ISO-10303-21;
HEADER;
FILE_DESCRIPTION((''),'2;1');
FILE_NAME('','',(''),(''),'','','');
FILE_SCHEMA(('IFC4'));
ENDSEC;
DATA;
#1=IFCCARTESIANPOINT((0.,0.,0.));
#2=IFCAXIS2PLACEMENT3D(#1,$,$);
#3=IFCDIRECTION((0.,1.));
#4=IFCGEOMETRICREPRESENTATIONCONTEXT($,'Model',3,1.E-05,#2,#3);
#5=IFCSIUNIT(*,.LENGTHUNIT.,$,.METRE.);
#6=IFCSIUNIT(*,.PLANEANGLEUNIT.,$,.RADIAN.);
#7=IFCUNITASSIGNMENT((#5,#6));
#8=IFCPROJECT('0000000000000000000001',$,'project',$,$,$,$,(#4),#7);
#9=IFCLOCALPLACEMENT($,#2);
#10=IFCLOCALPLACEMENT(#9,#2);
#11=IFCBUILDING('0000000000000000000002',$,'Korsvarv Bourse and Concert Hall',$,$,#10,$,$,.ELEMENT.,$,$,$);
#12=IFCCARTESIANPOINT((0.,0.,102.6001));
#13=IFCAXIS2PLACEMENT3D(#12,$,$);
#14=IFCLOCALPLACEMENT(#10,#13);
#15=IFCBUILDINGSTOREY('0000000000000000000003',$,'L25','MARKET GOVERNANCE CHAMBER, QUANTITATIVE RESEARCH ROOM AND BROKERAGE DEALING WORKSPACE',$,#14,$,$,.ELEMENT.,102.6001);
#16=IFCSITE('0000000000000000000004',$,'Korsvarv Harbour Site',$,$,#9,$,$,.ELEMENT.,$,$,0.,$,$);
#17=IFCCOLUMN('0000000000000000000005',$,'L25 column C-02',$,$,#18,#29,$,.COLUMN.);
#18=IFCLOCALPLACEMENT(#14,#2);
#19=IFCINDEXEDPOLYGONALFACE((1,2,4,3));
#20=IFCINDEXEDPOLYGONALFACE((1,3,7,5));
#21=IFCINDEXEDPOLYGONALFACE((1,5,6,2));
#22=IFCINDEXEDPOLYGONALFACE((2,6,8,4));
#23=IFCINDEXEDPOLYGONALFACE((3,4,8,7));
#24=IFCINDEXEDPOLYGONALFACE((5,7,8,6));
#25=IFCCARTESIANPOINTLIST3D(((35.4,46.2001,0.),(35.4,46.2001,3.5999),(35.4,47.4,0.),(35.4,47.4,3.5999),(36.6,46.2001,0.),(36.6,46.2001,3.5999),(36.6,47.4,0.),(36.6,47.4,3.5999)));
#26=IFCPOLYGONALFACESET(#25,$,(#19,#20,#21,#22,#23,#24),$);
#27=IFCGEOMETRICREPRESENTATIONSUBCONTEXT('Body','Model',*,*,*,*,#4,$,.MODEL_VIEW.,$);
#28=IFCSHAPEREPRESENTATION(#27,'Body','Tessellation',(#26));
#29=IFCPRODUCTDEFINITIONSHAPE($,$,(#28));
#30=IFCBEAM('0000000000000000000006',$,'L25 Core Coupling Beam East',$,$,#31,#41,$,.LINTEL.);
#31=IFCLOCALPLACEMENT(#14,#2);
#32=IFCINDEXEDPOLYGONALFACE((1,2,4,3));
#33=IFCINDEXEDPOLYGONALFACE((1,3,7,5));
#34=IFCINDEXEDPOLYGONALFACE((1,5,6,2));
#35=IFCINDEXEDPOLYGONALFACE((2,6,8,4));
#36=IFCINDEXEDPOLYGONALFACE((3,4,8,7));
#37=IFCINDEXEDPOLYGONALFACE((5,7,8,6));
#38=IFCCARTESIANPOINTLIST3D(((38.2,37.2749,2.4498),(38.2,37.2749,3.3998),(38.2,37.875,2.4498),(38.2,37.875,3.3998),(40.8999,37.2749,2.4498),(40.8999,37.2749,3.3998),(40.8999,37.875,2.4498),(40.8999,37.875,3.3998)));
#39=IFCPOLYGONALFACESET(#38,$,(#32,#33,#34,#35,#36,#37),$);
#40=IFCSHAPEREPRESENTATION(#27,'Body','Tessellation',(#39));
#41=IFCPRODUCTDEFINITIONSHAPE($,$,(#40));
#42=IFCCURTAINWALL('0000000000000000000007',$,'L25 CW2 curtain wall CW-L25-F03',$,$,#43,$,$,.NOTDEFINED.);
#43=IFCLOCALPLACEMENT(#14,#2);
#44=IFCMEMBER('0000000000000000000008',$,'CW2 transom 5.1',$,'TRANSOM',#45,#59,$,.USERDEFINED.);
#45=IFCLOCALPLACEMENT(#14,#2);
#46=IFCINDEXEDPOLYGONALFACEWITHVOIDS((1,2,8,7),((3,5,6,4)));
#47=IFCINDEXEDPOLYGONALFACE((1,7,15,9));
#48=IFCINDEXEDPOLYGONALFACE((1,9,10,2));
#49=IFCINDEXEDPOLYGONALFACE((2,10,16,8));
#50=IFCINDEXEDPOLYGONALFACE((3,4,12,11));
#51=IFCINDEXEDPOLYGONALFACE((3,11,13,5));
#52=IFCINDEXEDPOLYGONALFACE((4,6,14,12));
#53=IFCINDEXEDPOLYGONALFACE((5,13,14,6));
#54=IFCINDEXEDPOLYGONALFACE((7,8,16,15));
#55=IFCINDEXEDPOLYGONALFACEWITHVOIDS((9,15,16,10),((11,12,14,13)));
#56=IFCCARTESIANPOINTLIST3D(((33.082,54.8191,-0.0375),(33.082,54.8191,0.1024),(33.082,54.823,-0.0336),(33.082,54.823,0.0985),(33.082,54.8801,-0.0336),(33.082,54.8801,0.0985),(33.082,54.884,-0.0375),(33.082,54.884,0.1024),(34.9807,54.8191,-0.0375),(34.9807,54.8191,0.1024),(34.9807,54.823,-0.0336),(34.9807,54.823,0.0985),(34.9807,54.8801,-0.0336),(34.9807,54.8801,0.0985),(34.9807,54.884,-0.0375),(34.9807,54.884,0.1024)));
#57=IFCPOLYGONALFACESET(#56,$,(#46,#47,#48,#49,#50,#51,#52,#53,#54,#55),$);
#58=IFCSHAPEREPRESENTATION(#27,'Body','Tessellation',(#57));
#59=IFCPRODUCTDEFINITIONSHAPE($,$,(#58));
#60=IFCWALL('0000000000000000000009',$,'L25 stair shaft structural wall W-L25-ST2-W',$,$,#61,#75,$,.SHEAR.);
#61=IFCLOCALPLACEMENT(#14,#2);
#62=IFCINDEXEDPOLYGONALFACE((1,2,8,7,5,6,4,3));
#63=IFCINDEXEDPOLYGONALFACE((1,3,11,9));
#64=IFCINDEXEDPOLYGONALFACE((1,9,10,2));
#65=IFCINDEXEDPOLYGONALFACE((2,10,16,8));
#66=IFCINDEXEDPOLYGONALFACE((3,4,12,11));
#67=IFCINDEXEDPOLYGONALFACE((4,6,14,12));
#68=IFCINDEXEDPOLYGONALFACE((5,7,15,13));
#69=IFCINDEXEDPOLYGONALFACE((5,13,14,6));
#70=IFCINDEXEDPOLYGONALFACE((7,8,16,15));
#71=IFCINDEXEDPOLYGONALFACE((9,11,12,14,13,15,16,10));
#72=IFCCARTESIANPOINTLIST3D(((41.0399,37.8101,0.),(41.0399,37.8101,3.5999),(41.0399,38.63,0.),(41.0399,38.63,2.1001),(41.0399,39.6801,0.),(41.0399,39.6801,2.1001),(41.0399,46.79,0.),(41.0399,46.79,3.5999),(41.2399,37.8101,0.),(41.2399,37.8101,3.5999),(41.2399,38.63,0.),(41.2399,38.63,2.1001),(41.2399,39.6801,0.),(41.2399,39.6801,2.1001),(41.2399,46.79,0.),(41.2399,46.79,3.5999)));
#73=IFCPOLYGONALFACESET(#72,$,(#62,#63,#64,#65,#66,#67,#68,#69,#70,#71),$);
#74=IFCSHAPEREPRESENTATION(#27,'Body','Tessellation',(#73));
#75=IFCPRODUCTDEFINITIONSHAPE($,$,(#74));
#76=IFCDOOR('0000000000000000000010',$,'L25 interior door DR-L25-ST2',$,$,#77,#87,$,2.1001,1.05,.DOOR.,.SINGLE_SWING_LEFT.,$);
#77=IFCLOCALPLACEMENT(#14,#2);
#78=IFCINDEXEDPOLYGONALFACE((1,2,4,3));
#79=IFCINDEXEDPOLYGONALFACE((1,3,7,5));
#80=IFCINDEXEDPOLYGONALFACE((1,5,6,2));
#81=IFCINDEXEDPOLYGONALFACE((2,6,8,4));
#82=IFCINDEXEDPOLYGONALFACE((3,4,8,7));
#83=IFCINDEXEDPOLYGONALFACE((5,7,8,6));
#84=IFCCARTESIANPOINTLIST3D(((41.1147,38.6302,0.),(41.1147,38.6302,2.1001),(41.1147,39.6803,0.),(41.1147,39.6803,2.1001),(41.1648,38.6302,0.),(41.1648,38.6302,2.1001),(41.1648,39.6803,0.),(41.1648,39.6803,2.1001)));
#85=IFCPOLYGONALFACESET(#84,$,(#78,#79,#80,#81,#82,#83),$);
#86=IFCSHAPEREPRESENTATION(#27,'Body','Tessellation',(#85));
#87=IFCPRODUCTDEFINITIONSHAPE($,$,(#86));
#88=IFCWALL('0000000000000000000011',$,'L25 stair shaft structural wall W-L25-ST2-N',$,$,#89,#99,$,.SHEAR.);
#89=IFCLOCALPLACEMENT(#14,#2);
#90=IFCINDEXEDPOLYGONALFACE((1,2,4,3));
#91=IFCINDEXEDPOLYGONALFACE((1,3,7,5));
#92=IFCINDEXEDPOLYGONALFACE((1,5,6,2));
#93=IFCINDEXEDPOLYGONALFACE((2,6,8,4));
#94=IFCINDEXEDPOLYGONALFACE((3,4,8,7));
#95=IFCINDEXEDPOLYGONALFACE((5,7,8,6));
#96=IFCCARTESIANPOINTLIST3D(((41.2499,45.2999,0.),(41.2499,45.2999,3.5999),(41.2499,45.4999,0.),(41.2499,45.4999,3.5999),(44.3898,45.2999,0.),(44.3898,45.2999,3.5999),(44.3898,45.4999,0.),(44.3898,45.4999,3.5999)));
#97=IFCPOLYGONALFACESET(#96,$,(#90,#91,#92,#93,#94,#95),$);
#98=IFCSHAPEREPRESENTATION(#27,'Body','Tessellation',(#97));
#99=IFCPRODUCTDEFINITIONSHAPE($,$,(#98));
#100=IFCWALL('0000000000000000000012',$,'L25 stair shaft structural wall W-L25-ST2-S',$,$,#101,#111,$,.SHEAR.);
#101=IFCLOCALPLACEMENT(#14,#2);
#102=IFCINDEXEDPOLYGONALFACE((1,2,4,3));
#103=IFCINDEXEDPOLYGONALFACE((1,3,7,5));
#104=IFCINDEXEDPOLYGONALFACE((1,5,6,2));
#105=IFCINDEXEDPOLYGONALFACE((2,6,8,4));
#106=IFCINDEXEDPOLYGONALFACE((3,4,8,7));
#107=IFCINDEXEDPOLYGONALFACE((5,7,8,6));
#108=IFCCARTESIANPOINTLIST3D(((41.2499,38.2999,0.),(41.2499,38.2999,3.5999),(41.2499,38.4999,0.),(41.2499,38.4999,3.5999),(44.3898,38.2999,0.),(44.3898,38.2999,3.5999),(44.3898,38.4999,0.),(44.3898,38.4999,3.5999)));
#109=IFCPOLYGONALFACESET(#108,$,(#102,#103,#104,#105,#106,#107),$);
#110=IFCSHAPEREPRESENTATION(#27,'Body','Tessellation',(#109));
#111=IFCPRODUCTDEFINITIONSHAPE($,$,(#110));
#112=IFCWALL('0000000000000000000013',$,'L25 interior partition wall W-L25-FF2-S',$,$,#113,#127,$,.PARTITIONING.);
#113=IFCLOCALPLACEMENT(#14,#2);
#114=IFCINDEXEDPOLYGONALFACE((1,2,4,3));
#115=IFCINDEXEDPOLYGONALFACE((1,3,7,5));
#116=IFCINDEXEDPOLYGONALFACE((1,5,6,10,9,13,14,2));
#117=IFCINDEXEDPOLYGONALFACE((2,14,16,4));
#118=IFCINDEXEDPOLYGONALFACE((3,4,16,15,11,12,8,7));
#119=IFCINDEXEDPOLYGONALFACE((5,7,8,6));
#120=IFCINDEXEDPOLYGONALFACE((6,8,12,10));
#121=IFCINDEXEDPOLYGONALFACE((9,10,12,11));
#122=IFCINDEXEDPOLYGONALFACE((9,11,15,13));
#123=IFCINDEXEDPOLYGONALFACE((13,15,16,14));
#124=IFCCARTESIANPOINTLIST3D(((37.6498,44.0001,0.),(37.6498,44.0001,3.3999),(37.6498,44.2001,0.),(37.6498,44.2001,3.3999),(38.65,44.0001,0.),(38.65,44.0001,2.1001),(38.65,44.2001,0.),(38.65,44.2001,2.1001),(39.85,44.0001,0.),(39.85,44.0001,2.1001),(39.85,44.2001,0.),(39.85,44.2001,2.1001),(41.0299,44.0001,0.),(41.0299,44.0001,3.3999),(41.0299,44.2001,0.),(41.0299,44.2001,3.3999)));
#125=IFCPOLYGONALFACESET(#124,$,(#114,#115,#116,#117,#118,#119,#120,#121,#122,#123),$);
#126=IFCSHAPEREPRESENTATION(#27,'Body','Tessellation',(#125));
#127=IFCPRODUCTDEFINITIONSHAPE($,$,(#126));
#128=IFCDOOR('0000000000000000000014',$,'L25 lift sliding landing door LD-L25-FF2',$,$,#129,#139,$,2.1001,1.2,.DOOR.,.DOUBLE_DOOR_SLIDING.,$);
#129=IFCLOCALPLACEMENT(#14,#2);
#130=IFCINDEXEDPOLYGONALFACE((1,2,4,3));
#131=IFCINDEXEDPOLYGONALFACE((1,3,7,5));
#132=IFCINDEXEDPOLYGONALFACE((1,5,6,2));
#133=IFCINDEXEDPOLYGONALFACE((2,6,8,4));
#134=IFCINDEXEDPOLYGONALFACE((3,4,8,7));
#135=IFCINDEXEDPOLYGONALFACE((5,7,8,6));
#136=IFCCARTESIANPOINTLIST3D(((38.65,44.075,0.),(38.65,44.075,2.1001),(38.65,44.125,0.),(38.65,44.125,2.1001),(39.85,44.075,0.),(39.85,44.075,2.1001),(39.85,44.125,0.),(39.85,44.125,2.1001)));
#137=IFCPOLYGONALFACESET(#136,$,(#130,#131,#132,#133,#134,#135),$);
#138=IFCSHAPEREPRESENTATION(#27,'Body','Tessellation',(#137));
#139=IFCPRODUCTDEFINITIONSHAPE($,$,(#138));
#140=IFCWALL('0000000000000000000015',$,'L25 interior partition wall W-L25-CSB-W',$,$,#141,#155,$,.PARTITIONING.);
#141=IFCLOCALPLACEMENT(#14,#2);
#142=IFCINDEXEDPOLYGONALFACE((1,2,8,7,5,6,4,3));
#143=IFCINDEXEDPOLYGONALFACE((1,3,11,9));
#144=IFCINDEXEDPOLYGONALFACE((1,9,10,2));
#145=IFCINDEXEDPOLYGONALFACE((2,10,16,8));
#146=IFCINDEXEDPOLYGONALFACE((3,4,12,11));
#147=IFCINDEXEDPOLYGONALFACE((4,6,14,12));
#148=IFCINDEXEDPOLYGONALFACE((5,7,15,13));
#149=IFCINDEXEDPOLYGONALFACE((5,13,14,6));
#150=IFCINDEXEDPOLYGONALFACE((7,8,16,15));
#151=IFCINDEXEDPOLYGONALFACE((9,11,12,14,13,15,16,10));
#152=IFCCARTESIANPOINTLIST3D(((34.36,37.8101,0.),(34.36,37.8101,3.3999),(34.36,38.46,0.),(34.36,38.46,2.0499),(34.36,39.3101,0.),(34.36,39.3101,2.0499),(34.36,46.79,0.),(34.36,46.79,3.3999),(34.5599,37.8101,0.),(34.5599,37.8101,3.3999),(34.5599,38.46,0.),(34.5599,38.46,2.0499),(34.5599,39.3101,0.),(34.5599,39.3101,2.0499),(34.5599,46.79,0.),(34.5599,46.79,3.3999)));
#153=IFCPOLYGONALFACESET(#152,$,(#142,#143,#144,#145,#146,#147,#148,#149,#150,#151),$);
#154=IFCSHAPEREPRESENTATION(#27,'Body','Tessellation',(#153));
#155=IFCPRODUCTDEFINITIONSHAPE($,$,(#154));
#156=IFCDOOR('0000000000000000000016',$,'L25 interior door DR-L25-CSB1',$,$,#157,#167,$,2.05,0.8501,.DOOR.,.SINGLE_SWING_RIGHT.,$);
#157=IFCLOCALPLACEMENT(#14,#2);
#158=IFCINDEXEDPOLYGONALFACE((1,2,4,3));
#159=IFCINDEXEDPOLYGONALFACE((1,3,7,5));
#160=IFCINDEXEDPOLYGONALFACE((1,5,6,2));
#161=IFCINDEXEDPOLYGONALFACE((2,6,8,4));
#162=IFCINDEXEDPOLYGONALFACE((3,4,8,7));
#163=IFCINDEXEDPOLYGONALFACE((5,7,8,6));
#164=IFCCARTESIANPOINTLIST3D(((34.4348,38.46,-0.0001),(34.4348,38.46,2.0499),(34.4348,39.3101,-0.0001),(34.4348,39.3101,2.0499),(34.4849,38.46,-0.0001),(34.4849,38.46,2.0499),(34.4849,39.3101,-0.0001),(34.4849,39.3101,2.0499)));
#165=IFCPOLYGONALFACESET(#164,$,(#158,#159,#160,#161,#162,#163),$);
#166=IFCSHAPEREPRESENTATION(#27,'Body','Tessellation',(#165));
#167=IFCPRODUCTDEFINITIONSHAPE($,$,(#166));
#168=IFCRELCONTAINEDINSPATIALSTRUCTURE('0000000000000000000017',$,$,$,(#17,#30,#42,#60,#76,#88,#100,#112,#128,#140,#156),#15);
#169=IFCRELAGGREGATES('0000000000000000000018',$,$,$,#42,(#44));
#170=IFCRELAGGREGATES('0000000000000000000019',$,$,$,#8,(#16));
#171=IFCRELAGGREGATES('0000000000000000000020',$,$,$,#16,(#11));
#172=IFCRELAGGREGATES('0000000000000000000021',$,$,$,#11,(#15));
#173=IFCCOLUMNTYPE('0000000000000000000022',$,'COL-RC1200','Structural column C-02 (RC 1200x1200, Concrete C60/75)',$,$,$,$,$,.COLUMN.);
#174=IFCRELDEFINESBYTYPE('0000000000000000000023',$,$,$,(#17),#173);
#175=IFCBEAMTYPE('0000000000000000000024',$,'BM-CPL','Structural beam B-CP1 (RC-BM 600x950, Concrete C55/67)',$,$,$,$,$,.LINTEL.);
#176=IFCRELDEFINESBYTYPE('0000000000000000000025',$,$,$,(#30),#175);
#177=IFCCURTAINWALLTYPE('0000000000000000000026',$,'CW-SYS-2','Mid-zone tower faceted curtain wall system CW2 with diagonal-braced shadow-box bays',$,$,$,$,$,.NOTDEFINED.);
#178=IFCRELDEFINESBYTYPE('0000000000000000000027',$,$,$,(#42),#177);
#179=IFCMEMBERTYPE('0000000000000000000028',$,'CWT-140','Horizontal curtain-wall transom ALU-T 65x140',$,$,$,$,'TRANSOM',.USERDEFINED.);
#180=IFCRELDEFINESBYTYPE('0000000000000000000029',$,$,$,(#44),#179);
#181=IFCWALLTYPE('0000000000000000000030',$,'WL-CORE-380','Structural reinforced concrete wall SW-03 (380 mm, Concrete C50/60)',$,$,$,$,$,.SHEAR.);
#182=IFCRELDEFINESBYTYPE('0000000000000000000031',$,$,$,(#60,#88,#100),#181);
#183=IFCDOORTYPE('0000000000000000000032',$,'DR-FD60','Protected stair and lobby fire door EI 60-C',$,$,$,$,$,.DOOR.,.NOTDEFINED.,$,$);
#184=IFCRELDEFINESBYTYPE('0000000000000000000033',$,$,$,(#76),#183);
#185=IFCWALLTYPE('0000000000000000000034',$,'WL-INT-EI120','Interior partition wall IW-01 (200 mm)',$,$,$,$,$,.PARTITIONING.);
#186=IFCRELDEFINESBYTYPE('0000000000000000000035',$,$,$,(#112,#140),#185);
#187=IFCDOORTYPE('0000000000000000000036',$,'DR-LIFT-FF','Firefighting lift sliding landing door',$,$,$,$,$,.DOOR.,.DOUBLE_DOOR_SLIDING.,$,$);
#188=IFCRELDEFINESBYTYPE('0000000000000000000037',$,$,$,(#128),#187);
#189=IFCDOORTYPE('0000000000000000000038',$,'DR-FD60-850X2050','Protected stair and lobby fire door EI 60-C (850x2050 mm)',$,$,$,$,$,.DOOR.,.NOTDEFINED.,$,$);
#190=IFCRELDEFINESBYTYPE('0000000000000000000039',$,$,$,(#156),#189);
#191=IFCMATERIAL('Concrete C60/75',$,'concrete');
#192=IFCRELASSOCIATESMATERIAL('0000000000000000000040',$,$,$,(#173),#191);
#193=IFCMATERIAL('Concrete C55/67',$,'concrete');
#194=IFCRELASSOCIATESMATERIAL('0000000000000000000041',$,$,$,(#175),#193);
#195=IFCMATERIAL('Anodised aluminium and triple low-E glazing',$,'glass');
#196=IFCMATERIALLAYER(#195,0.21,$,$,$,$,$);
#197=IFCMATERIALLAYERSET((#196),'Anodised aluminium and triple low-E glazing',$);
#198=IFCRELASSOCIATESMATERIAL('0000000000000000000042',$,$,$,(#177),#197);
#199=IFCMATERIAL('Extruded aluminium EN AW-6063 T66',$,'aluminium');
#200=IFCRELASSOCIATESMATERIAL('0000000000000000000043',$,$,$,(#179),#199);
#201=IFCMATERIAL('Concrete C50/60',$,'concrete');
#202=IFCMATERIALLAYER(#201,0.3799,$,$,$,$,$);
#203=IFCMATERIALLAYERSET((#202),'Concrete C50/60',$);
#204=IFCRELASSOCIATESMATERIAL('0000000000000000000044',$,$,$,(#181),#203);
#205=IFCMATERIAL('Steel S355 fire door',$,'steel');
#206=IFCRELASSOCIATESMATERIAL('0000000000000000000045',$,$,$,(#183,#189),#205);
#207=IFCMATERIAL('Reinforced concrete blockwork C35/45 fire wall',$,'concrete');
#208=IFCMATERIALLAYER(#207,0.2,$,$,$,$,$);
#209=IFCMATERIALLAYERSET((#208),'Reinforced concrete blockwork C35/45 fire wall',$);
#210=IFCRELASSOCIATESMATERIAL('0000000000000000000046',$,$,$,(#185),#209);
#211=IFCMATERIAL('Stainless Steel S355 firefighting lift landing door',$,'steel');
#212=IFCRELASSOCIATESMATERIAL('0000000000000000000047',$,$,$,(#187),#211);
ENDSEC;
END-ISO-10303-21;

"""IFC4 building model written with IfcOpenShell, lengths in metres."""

from ifc_helpers import new_model, si_unit, direction, frame, frame_2d, origin, origin_2d, place, context, subcontext, project, spatial, rectangle, hollow_rectangle, extrude, source, transform, mapped, material, layer, layer_set, material_profile, profile_set, type_object, element, fill, aggregate, save


model = new_model("IFC4")

# Units and contexts
model_context = context("Model", 3, precision=1e-05, world=origin(), true_north=direction((0.0, 1.0)))
body_context = subcontext(model_context, "Body", "Model", "MODEL_VIEW")
ifc_project = project(units=[si_unit("LENGTHUNIT", "METRE"), si_unit("PLANEANGLEUNIT", "RADIAN")], contexts=[model_context])

# Site, building, storey
site_placement = place(None, origin())
site = spatial("IfcSite", under=ifc_project, at=site_placement, Name="Korsvarv Harbour Site", CompositionType="ELEMENT", RefElevation=0.0)
building_placement = place(site_placement, origin())
building = spatial("IfcBuilding", under=site, at=building_placement, Name="Korsvarv Bourse and Concert Hall", CompositionType="ELEMENT")
storey_placement = place(building_placement, frame((0.0, 0.0, 102.6001)))
storey = spatial("IfcBuildingStorey", under=building, at=storey_placement, Name="L25", Description="MARKET GOVERNANCE CHAMBER, QUANTITATIVE RESEARCH ROOM AND BROKERAGE DEALING WORKSPACE", CompositionType="ELEMENT", Elevation=102.6001)

# Column
ifc_material_1 = material(Name="Concrete C60/75", Category="concrete")
ifc_material_profile_1 = material_profile(ifc_material_1, rectangle(XDim=1.2, YDim=1.2, at=origin_2d()), Name="RC 1200x1200")
ifc_profile_set_1 = profile_set([ifc_material_profile_1], Name="Concrete C60/75")
column_type = type_object("IfcColumnType", Name="COL-RC1200", Description="Structural column C-02 (RC 1200x1200, Concrete C60/75)", PredefinedType="COLUMN", material=ifc_profile_set_1)
shared_shape_1 = source(origin(), body_context, "Body", "SweptSolid", [
    extrude(rectangle(XDim=1.2, YDim=1.2, at=origin_2d()), origin(), (0.0, 0.0, 1.0), 3.5999),
])
column_placement = place(storey_placement, frame((36.0, 46.8, 0.0), z_axis=(0.0, 0.0, 1.0), x_axis=(1.0, 0.0, 0.0)))
element("IfcColumn", 1, at=column_placement, inside=storey, type_object=column_type, Name="L25 column C-02", PredefinedType="COLUMN", context=body_context, shape_type="MappedRepresentation", body=[
    mapped(shared_shape_1, transform((0.0, 0.0, 0.0), scale=1.0)),
])

# Beam
ifc_material_2 = material(Name="Concrete C55/67", Category="concrete")
ifc_material_profile_2 = material_profile(ifc_material_2, rectangle(XDim=0.6001, YDim=0.95, at=origin_2d()), Name="RC-BM 600x950")
ifc_profile_set_2 = profile_set([ifc_material_profile_2], Name="Concrete C55/67")
beam_type = type_object("IfcBeamType", Name="BM-CPL", Description="Structural beam B-CP1 (RC-BM 600x950, Concrete C55/67)", PredefinedType="LINTEL", material=ifc_profile_set_2)
shared_shape_2 = source(origin(), body_context, "Body", "SweptSolid", [
    extrude(rectangle(XDim=0.6001, YDim=0.95, at=origin_2d()), origin(), (0.0, 0.0, 1.0), 2.7),
])
beam_placement = place(storey_placement, frame((38.2, 37.575, 2.9248), z_axis=(1.0, 0.0, 0.0), x_axis=(0.0, 1.0, 0.0)))
element("IfcBeam", 2, at=beam_placement, inside=storey, type_object=beam_type, Name="L25 Core Coupling Beam East", PredefinedType="LINTEL", context=body_context, shape_type="MappedRepresentation", body=[
    mapped(shared_shape_2, transform((0.0, 0.0, 0.0), scale=1.0)),
])

# Curtain wall, member
ifc_material_3 = material(Name="Anodised aluminium and triple low-E glazing", Category="glass")
ifc_layer_1 = layer(ifc_material_3, 0.21)
ifc_layer_set_1 = layer_set([ifc_layer_1], Name="Anodised aluminium and triple low-E glazing")
curtain_wall_type = type_object("IfcCurtainWallType", Name="CW-SYS-2", Description="Mid-zone tower faceted curtain wall system CW2 with diagonal-braced shadow-box bays", PredefinedType="NOTDEFINED", material=ifc_layer_set_1)
curtain_wall_placement = place(storey_placement, origin())
curtain_wall = element("IfcCurtainWall", 3, at=curtain_wall_placement, inside=storey, type_object=curtain_wall_type, Name="L25 CW2 curtain wall CW-L25-F03", PredefinedType="NOTDEFINED")
ifc_material_4 = material(Name="Extruded aluminium EN AW-6063 T66", Category="aluminium")
ifc_material_profile_3 = material_profile(ifc_material_4, hollow_rectangle(XDim=0.0649, YDim=0.1399, WallThickness=0.0039, at=origin_2d()), Name="ALU-T 65x140")
ifc_profile_set_3 = profile_set([ifc_material_profile_3], Name="Extruded aluminium EN AW-6063 T66")
member_type = type_object("IfcMemberType", Name="CWT-140", Description="Horizontal curtain-wall transom ALU-T 65x140", ElementType="TRANSOM", PredefinedType="USERDEFINED", material=ifc_profile_set_3)
shared_shape_3 = source(origin(), body_context, "Body", "SweptSolid", [
    extrude(hollow_rectangle(XDim=0.0649, YDim=0.1399, WallThickness=0.0039, at=origin_2d()), origin(), (0.0, 0.0, 1.0), 1.8987),
])
member_placement = place(storey_placement, frame((34.9807, 54.8516, 0.0325), z_axis=(-1.0, 0.0, 0.0), x_axis=(0.0, -1.0, 0.0)))
member = element("IfcMember", 4, at=member_placement, type_object=member_type, Name="CW2 transom 5.1", ObjectType="TRANSOM", PredefinedType="USERDEFINED", context=body_context, shape_type="MappedRepresentation", body=[
    mapped(shared_shape_3, transform((0.0, 0.0, 0.0), scale=1.0)),
])
aggregate(curtain_wall, [member])

# Wall, opening, door
ifc_material_5 = material(Name="Concrete C50/60", Category="concrete")
ifc_layer_2 = layer(ifc_material_5, 0.3799)
ifc_layer_set_2 = layer_set([ifc_layer_2], Name="Concrete C50/60")
wall_type_1 = type_object("IfcWallType", Name="WL-CORE-380", Description="Structural reinforced concrete wall SW-03 (380 mm, Concrete C50/60)", PredefinedType="SHEAR", material=ifc_layer_set_2)
wall_1_placement = place(storey_placement, frame((41.1399, 37.8101, 0.0), z_axis=(0.0, 0.0, 1.0), x_axis=(0.0, 1.0, 0.0)))
wall_1 = element("IfcWall", 5, at=wall_1_placement, inside=storey, type_object=wall_type_1, Name="L25 stair shaft structural wall W-L25-ST2-W", PredefinedType="SHEAR", context=body_context, shape_type="SweptSolid", body=[
    extrude(rectangle(XDim=8.98, YDim=0.2, at=frame_2d((4.49, 0.0))), origin(), (0.0, 0.0, 1.0), 3.5999),
])
opening_1_placement = place(wall_1_placement, frame((0.8201, 0.0, 0.0)))
opening_1 = element("IfcOpeningElement", 6, at=opening_1_placement, cuts=wall_1, PredefinedType="OPENING", context=body_context, shape_type="SweptSolid", body=[
    extrude(rectangle(XDim=1.05, YDim=2.1001, at=frame_2d((0.5249, 1.05))), frame((0.0, 0.1099, 0.0), z_axis=(0.0, -1.0, 0.0), x_axis=(1.0, 0.0, 0.0)), (0.0, 0.0, 1.0), 0.22),
])
ifc_material_6 = material(Name="Steel S355 fire door", Category="steel")
door_type_1 = type_object("IfcDoorType", Name="DR-FD60", Description="Protected stair and lobby fire door EI 60-C", OperationType="NOTDEFINED", PredefinedType="DOOR", material=ifc_material_6)
door_1_placement = place(opening_1_placement, frame((1.05, 0.0, 0.0), z_axis=(0.0, 0.0, 1.0), x_axis=(-1.0, 0.0, 0.0)))
door_1 = element("IfcDoor", 7, at=door_1_placement, inside=storey, type_object=door_type_1, Name="L25 interior door DR-L25-ST2", OperationType="SINGLE_SWING_LEFT", OverallHeight=2.1001, OverallWidth=1.05, PredefinedType="DOOR", context=body_context, shape_type="SweptSolid", body=[
    extrude(rectangle(XDim=1.05, YDim=2.1001, at=frame_2d((0.5249, 1.05))), frame((0.0, 0.0249, 0.0), z_axis=(0.0, -1.0, 0.0), x_axis=(1.0, 0.0, 0.0)), (0.0, 0.0, 1.0), 0.05),
])
fill(opening_1, door_1)

# Walls
for number, where, z_axis, x_axis, name in (
    (8, (41.25, 45.3999, 0.0), (0.0, 0.0, 1.0), (1.0, 0.0, 0.0), "L25 stair shaft structural wall W-L25-ST2-N"),
    (9, (41.25, 38.3999, 0.0), (0.0, 0.0, 1.0), (1.0, 0.0, 0.0), "L25 stair shaft structural wall W-L25-ST2-S"),
):
    element("IfcWall", number, at=place(storey_placement, frame(where, z_axis=z_axis, x_axis=x_axis)), inside=storey, type_object=wall_type_1, Name=name, PredefinedType="SHEAR", context=body_context, shape_type="SweptSolid", body=[
        extrude(rectangle(XDim=3.1399, YDim=0.2, at=frame_2d((1.5698, 0.0))), origin(), (0.0, 0.0, 1.0), 3.5999),
    ])

# Walls, openings, doors
ifc_material_7 = material(Name="Reinforced concrete blockwork C35/45 fire wall", Category="concrete")
ifc_layer_3 = layer(ifc_material_7, 0.2)
ifc_layer_set_3 = layer_set([ifc_layer_3], Name="Reinforced concrete blockwork C35/45 fire wall")
wall_type_2 = type_object("IfcWallType", Name="WL-INT-EI120", Description="Interior partition wall IW-01 (200 mm)", PredefinedType="PARTITIONING", material=ifc_layer_set_3)
wall_2_placement = place(storey_placement, frame((37.6499, 44.1001, 0.0), z_axis=(0.0, 0.0, 1.0), x_axis=(1.0, 0.0, 0.0)))
wall_2 = element("IfcWall", 10, at=wall_2_placement, inside=storey, type_object=wall_type_2, Name="L25 interior partition wall W-L25-FF2-S", PredefinedType="PARTITIONING", context=body_context, shape_type="SweptSolid", body=[
    extrude(rectangle(XDim=3.3801, YDim=0.2, at=frame_2d((1.6899, 0.0))), origin(), (0.0, 0.0, 1.0), 3.3999),
])
opening_2_placement = place(wall_2_placement, frame((1.0, 0.0, 0.0)))
opening_2 = element("IfcOpeningElement", 11, at=opening_2_placement, cuts=wall_2, PredefinedType="OPENING", context=body_context, shape_type="SweptSolid", body=[
    extrude(rectangle(XDim=1.2, YDim=2.1001, at=frame_2d((0.6001, 1.05))), frame((0.0, 0.1099, 0.0), z_axis=(0.0, -1.0, 0.0), x_axis=(1.0, 0.0, 0.0)), (0.0, 0.0, 1.0), 0.22),
])
ifc_material_8 = material(Name="Stainless Steel S355 firefighting lift landing door", Category="steel")
door_type_2 = type_object("IfcDoorType", Name="DR-LIFT-FF", Description="Firefighting lift sliding landing door", OperationType="DOUBLE_DOOR_SLIDING", PredefinedType="DOOR", material=ifc_material_8)
door_2_placement = place(opening_2_placement, origin())
door_2 = element("IfcDoor", 12, at=door_2_placement, inside=storey, type_object=door_type_2, Name="L25 lift sliding landing door LD-L25-FF2", OperationType="DOUBLE_DOOR_SLIDING", OverallHeight=2.1001, OverallWidth=1.2, PredefinedType="DOOR", context=body_context, shape_type="SweptSolid", body=[
    extrude(rectangle(XDim=1.2, YDim=2.1001, at=frame_2d((0.6001, 1.05))), frame((0.0, 0.0249, 0.0), z_axis=(0.0, -1.0, 0.0), x_axis=(1.0, 0.0, 0.0)), (0.0, 0.0, 1.0), 0.05),
])
fill(opening_2, door_2)
wall_3_placement = place(storey_placement, frame((34.46, 37.8101, 0.0), z_axis=(0.0, 0.0, 1.0), x_axis=(0.0, 1.0, 0.0)))
wall_3 = element("IfcWall", 13, at=wall_3_placement, inside=storey, type_object=wall_type_2, Name="L25 interior partition wall W-L25-CSB-W", PredefinedType="PARTITIONING", context=body_context, shape_type="SweptSolid", body=[
    extrude(rectangle(XDim=8.98, YDim=0.2, at=frame_2d((4.49, 0.0))), origin(), (0.0, 0.0, 1.0), 3.3999),
])
opening_3_placement = place(wall_3_placement, frame((0.6499, 0.0, 0.0)))
opening_3 = element("IfcOpeningElement", 14, at=opening_3_placement, cuts=wall_3, PredefinedType="OPENING", context=body_context, shape_type="SweptSolid", body=[
    extrude(rectangle(XDim=0.8501, YDim=2.05, at=frame_2d((0.425, 1.0249))), frame((0.0, 0.1099, 0.0), z_axis=(0.0, -1.0, 0.0), x_axis=(1.0, 0.0, 0.0)), (0.0, 0.0, 1.0), 0.22),
])
door_type_3 = type_object("IfcDoorType", Name="DR-FD60-850X2050", Description="Protected stair and lobby fire door EI 60-C (850x2050 mm)", OperationType="NOTDEFINED", PredefinedType="DOOR", material=ifc_material_6)
door_3_placement = place(opening_3_placement, frame((0.8501, 0.0, 0.0), z_axis=(0.0, 0.0, 1.0), x_axis=(-1.0, 0.0, 0.0)))
door_3 = element("IfcDoor", 15, at=door_3_placement, inside=storey, type_object=door_type_3, Name="L25 interior door DR-L25-CSB1", OperationType="SINGLE_SWING_RIGHT", OverallHeight=2.05, OverallWidth=0.8501, PredefinedType="DOOR", context=body_context, shape_type="SweptSolid", body=[
    extrude(rectangle(XDim=0.8501, YDim=2.05, at=frame_2d((0.425, 1.0249))), frame((0.0, 0.0249, 0.0), z_axis=(0.0, -1.0, 0.0), x_axis=(1.0, 0.0, 0.0)), (0.0, 0.0, 1.0), 0.05),
])
fill(opening_3, door_3)

save(model, "model.ifc")
